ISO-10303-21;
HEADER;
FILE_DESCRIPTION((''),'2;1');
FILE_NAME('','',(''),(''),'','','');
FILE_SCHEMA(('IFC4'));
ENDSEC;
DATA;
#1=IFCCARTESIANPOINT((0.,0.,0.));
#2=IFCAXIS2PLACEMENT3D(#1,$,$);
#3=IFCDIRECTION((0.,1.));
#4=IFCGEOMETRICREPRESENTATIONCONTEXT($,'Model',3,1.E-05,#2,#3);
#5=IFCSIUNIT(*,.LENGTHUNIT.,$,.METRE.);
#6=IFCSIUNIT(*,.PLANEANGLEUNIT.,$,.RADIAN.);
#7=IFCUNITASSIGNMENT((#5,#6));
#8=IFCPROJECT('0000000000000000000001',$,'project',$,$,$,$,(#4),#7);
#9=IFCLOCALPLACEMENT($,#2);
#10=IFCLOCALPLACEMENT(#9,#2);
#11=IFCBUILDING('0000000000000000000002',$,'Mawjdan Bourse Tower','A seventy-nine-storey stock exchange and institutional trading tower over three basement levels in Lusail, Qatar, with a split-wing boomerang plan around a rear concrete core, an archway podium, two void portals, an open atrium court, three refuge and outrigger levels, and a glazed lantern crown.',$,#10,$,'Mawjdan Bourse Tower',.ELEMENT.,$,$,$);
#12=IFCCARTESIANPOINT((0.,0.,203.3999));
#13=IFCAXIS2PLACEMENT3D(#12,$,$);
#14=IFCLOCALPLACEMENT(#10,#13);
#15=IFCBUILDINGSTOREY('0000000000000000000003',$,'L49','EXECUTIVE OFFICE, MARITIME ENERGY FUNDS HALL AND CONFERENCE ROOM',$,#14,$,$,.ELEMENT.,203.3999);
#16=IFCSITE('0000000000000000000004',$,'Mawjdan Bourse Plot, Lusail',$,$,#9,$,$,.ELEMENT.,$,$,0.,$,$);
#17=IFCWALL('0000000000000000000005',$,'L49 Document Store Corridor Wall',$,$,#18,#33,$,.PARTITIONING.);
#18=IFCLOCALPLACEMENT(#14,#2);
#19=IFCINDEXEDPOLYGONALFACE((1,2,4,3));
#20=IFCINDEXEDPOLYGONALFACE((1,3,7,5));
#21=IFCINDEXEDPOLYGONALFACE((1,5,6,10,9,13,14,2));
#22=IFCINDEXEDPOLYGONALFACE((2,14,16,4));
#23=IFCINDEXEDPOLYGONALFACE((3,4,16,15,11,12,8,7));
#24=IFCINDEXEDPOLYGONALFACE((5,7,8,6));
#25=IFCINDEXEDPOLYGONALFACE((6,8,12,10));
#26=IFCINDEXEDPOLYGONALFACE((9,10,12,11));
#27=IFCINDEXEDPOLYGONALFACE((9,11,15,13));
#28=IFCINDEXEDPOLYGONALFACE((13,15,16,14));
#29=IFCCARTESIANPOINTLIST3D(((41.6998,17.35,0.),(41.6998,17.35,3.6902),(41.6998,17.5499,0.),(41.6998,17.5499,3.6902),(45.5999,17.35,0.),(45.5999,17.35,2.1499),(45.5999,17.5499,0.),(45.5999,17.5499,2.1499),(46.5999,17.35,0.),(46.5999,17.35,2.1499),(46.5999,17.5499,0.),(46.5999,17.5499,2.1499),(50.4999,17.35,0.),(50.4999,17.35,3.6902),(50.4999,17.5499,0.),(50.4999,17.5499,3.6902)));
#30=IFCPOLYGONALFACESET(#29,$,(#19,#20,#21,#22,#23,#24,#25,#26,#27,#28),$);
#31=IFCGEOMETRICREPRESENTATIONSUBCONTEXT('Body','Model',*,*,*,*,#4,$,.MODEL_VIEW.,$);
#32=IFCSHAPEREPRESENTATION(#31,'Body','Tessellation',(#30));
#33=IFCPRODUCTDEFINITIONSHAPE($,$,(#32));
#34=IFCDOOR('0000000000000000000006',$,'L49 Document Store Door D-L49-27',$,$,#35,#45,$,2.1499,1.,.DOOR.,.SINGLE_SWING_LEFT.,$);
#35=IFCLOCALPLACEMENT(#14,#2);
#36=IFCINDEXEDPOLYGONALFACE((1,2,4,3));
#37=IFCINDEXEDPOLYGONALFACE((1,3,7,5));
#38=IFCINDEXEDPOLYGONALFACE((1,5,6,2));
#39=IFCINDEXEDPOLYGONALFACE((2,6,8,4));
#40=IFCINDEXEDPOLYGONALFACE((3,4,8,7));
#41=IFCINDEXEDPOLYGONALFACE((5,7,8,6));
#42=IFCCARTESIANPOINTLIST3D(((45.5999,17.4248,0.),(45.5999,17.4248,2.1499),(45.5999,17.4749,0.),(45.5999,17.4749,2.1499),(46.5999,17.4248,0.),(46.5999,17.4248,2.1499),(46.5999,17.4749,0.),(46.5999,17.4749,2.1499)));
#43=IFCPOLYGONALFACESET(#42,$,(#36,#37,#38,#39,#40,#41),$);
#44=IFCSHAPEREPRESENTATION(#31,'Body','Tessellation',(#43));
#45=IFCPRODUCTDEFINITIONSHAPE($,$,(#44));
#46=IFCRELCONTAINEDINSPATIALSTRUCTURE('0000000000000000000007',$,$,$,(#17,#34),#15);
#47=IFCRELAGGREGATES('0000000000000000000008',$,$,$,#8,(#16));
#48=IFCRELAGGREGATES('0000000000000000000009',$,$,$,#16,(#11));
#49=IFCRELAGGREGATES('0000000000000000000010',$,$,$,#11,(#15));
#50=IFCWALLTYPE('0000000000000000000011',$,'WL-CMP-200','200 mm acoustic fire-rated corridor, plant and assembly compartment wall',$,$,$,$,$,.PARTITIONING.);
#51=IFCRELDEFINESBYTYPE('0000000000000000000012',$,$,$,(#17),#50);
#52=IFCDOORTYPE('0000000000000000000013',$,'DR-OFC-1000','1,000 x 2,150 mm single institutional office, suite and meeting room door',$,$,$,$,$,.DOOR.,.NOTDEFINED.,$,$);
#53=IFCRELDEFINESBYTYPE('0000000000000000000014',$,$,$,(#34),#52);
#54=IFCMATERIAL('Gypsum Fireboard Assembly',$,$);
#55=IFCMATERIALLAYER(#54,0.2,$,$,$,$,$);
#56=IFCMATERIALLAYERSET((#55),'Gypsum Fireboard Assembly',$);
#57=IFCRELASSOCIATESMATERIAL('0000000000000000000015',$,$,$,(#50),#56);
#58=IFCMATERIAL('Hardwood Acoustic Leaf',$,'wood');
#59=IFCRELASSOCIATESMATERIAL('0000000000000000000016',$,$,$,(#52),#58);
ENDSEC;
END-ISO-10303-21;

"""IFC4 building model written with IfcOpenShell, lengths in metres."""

from ifc_helpers import new_model, si_unit, direction, frame, frame_2d, origin, place, context, subcontext, project, spatial, rectangle, extrude, material, layer, layer_set, type_object, element, fill, save


model = new_model("IFC4")

# Units and contexts
model_context = context("Model", 3, precision=1e-05, world=origin(), true_north=direction((0.0, 1.0)))
body_context = subcontext(model_context, "Body", "Model", "MODEL_VIEW")
ifc_project = project(units=[si_unit("LENGTHUNIT", "METRE"), si_unit("PLANEANGLEUNIT", "RADIAN")], contexts=[model_context])

# Site, building, storey
site_placement = place(None, origin())
site = spatial("IfcSite", under=ifc_project, at=site_placement, Name="Mawjdan Bourse Plot, Lusail", CompositionType="ELEMENT", RefElevation=0.0)
building_placement = place(site_placement, origin())
building = spatial("IfcBuilding", under=site, at=building_placement, Name="Mawjdan Bourse Tower", Description="A seventy-nine-storey stock exchange and institutional trading tower over three basement levels in Lusail, Qatar, with a split-wing boomerang plan around a rear concrete core, an archway podium, two void portals, an open atrium court, three refuge and outrigger levels, and a glazed lantern crown.", LongName="Mawjdan Bourse Tower", CompositionType="ELEMENT")
storey_placement = place(building_placement, frame((0.0, 0.0, 203.3999)))
storey = spatial("IfcBuildingStorey", under=building, at=storey_placement, Name="L49", Description="EXECUTIVE OFFICE, MARITIME ENERGY FUNDS HALL AND CONFERENCE ROOM", CompositionType="ELEMENT", Elevation=203.3999)

# Wall, opening, door
ifc_material_1 = material(Name="Gypsum Fireboard Assembly")
ifc_layer_1 = layer(ifc_material_1, 0.2)
ifc_layer_set_1 = layer_set([ifc_layer_1], Name="Gypsum Fireboard Assembly")
wall_type_1 = type_object("IfcWallType", Name="WL-CMP-200", Description="200 mm acoustic fire-rated corridor, plant and assembly compartment wall", PredefinedType="PARTITIONING", material=ifc_layer_set_1)
wall_1_placement = place(storey_placement, frame((41.7, 17.45, 0.0), z_axis=(0.0, 0.0, 1.0), x_axis=(1.0, 0.0, 0.0)))
wall_1 = element("IfcWall", 1, at=wall_1_placement, inside=storey, type_object=wall_type_1, Name="L49 Document Store Corridor Wall", PredefinedType="PARTITIONING", context=body_context, shape_type="SweptSolid", body=[
    extrude(rectangle(XDim=8.8, YDim=0.2, at=frame_2d((4.3999, 0.0))), origin(), (0.0, 0.0, 1.0), 3.6902),
])
opening_1_placement = place(wall_1_placement, frame((3.8999, 0.0, 0.0)))
opening_1 = element("IfcOpeningElement", 2, at=opening_1_placement, cuts=wall_1, PredefinedType="OPENING", context=body_context, shape_type="SweptSolid", body=[
    extrude(rectangle(XDim=1.0, YDim=2.1499, at=frame_2d((0.5, 1.075))), frame((0.0, 0.1099, 0.0), z_axis=(0.0, -1.0, 0.0), x_axis=(1.0, 0.0, 0.0)), (0.0, 0.0, 1.0), 0.22),
])
ifc_material_2 = material(Name="Hardwood Acoustic Leaf", Category="wood")
door_type = type_object("IfcDoorType", Name="DR-OFC-1000", Description="1,000 x 2,150 mm single institutional office, suite and meeting room door", OperationType="NOTDEFINED", PredefinedType="DOOR", material=ifc_material_2)
door_placement = place(opening_1_placement, origin())
door = element("IfcDoor", 3, at=door_placement, inside=storey, type_object=door_type, Name="L49 Document Store Door D-L49-27", OperationType="SINGLE_SWING_LEFT", OverallHeight=2.1499, OverallWidth=1.0, PredefinedType="DOOR", context=body_context, shape_type="SweptSolid", body=[
    extrude(rectangle(XDim=1.0, YDim=2.1499, at=frame_2d((0.5, 1.075))), frame((0.0, 0.0249, 0.0), z_axis=(0.0, -1.0, 0.0), x_axis=(1.0, 0.0, 0.0)), (0.0, 0.0, 1.0), 0.05),
])
fill(opening_1, door)

save(model, "model.ifc")
